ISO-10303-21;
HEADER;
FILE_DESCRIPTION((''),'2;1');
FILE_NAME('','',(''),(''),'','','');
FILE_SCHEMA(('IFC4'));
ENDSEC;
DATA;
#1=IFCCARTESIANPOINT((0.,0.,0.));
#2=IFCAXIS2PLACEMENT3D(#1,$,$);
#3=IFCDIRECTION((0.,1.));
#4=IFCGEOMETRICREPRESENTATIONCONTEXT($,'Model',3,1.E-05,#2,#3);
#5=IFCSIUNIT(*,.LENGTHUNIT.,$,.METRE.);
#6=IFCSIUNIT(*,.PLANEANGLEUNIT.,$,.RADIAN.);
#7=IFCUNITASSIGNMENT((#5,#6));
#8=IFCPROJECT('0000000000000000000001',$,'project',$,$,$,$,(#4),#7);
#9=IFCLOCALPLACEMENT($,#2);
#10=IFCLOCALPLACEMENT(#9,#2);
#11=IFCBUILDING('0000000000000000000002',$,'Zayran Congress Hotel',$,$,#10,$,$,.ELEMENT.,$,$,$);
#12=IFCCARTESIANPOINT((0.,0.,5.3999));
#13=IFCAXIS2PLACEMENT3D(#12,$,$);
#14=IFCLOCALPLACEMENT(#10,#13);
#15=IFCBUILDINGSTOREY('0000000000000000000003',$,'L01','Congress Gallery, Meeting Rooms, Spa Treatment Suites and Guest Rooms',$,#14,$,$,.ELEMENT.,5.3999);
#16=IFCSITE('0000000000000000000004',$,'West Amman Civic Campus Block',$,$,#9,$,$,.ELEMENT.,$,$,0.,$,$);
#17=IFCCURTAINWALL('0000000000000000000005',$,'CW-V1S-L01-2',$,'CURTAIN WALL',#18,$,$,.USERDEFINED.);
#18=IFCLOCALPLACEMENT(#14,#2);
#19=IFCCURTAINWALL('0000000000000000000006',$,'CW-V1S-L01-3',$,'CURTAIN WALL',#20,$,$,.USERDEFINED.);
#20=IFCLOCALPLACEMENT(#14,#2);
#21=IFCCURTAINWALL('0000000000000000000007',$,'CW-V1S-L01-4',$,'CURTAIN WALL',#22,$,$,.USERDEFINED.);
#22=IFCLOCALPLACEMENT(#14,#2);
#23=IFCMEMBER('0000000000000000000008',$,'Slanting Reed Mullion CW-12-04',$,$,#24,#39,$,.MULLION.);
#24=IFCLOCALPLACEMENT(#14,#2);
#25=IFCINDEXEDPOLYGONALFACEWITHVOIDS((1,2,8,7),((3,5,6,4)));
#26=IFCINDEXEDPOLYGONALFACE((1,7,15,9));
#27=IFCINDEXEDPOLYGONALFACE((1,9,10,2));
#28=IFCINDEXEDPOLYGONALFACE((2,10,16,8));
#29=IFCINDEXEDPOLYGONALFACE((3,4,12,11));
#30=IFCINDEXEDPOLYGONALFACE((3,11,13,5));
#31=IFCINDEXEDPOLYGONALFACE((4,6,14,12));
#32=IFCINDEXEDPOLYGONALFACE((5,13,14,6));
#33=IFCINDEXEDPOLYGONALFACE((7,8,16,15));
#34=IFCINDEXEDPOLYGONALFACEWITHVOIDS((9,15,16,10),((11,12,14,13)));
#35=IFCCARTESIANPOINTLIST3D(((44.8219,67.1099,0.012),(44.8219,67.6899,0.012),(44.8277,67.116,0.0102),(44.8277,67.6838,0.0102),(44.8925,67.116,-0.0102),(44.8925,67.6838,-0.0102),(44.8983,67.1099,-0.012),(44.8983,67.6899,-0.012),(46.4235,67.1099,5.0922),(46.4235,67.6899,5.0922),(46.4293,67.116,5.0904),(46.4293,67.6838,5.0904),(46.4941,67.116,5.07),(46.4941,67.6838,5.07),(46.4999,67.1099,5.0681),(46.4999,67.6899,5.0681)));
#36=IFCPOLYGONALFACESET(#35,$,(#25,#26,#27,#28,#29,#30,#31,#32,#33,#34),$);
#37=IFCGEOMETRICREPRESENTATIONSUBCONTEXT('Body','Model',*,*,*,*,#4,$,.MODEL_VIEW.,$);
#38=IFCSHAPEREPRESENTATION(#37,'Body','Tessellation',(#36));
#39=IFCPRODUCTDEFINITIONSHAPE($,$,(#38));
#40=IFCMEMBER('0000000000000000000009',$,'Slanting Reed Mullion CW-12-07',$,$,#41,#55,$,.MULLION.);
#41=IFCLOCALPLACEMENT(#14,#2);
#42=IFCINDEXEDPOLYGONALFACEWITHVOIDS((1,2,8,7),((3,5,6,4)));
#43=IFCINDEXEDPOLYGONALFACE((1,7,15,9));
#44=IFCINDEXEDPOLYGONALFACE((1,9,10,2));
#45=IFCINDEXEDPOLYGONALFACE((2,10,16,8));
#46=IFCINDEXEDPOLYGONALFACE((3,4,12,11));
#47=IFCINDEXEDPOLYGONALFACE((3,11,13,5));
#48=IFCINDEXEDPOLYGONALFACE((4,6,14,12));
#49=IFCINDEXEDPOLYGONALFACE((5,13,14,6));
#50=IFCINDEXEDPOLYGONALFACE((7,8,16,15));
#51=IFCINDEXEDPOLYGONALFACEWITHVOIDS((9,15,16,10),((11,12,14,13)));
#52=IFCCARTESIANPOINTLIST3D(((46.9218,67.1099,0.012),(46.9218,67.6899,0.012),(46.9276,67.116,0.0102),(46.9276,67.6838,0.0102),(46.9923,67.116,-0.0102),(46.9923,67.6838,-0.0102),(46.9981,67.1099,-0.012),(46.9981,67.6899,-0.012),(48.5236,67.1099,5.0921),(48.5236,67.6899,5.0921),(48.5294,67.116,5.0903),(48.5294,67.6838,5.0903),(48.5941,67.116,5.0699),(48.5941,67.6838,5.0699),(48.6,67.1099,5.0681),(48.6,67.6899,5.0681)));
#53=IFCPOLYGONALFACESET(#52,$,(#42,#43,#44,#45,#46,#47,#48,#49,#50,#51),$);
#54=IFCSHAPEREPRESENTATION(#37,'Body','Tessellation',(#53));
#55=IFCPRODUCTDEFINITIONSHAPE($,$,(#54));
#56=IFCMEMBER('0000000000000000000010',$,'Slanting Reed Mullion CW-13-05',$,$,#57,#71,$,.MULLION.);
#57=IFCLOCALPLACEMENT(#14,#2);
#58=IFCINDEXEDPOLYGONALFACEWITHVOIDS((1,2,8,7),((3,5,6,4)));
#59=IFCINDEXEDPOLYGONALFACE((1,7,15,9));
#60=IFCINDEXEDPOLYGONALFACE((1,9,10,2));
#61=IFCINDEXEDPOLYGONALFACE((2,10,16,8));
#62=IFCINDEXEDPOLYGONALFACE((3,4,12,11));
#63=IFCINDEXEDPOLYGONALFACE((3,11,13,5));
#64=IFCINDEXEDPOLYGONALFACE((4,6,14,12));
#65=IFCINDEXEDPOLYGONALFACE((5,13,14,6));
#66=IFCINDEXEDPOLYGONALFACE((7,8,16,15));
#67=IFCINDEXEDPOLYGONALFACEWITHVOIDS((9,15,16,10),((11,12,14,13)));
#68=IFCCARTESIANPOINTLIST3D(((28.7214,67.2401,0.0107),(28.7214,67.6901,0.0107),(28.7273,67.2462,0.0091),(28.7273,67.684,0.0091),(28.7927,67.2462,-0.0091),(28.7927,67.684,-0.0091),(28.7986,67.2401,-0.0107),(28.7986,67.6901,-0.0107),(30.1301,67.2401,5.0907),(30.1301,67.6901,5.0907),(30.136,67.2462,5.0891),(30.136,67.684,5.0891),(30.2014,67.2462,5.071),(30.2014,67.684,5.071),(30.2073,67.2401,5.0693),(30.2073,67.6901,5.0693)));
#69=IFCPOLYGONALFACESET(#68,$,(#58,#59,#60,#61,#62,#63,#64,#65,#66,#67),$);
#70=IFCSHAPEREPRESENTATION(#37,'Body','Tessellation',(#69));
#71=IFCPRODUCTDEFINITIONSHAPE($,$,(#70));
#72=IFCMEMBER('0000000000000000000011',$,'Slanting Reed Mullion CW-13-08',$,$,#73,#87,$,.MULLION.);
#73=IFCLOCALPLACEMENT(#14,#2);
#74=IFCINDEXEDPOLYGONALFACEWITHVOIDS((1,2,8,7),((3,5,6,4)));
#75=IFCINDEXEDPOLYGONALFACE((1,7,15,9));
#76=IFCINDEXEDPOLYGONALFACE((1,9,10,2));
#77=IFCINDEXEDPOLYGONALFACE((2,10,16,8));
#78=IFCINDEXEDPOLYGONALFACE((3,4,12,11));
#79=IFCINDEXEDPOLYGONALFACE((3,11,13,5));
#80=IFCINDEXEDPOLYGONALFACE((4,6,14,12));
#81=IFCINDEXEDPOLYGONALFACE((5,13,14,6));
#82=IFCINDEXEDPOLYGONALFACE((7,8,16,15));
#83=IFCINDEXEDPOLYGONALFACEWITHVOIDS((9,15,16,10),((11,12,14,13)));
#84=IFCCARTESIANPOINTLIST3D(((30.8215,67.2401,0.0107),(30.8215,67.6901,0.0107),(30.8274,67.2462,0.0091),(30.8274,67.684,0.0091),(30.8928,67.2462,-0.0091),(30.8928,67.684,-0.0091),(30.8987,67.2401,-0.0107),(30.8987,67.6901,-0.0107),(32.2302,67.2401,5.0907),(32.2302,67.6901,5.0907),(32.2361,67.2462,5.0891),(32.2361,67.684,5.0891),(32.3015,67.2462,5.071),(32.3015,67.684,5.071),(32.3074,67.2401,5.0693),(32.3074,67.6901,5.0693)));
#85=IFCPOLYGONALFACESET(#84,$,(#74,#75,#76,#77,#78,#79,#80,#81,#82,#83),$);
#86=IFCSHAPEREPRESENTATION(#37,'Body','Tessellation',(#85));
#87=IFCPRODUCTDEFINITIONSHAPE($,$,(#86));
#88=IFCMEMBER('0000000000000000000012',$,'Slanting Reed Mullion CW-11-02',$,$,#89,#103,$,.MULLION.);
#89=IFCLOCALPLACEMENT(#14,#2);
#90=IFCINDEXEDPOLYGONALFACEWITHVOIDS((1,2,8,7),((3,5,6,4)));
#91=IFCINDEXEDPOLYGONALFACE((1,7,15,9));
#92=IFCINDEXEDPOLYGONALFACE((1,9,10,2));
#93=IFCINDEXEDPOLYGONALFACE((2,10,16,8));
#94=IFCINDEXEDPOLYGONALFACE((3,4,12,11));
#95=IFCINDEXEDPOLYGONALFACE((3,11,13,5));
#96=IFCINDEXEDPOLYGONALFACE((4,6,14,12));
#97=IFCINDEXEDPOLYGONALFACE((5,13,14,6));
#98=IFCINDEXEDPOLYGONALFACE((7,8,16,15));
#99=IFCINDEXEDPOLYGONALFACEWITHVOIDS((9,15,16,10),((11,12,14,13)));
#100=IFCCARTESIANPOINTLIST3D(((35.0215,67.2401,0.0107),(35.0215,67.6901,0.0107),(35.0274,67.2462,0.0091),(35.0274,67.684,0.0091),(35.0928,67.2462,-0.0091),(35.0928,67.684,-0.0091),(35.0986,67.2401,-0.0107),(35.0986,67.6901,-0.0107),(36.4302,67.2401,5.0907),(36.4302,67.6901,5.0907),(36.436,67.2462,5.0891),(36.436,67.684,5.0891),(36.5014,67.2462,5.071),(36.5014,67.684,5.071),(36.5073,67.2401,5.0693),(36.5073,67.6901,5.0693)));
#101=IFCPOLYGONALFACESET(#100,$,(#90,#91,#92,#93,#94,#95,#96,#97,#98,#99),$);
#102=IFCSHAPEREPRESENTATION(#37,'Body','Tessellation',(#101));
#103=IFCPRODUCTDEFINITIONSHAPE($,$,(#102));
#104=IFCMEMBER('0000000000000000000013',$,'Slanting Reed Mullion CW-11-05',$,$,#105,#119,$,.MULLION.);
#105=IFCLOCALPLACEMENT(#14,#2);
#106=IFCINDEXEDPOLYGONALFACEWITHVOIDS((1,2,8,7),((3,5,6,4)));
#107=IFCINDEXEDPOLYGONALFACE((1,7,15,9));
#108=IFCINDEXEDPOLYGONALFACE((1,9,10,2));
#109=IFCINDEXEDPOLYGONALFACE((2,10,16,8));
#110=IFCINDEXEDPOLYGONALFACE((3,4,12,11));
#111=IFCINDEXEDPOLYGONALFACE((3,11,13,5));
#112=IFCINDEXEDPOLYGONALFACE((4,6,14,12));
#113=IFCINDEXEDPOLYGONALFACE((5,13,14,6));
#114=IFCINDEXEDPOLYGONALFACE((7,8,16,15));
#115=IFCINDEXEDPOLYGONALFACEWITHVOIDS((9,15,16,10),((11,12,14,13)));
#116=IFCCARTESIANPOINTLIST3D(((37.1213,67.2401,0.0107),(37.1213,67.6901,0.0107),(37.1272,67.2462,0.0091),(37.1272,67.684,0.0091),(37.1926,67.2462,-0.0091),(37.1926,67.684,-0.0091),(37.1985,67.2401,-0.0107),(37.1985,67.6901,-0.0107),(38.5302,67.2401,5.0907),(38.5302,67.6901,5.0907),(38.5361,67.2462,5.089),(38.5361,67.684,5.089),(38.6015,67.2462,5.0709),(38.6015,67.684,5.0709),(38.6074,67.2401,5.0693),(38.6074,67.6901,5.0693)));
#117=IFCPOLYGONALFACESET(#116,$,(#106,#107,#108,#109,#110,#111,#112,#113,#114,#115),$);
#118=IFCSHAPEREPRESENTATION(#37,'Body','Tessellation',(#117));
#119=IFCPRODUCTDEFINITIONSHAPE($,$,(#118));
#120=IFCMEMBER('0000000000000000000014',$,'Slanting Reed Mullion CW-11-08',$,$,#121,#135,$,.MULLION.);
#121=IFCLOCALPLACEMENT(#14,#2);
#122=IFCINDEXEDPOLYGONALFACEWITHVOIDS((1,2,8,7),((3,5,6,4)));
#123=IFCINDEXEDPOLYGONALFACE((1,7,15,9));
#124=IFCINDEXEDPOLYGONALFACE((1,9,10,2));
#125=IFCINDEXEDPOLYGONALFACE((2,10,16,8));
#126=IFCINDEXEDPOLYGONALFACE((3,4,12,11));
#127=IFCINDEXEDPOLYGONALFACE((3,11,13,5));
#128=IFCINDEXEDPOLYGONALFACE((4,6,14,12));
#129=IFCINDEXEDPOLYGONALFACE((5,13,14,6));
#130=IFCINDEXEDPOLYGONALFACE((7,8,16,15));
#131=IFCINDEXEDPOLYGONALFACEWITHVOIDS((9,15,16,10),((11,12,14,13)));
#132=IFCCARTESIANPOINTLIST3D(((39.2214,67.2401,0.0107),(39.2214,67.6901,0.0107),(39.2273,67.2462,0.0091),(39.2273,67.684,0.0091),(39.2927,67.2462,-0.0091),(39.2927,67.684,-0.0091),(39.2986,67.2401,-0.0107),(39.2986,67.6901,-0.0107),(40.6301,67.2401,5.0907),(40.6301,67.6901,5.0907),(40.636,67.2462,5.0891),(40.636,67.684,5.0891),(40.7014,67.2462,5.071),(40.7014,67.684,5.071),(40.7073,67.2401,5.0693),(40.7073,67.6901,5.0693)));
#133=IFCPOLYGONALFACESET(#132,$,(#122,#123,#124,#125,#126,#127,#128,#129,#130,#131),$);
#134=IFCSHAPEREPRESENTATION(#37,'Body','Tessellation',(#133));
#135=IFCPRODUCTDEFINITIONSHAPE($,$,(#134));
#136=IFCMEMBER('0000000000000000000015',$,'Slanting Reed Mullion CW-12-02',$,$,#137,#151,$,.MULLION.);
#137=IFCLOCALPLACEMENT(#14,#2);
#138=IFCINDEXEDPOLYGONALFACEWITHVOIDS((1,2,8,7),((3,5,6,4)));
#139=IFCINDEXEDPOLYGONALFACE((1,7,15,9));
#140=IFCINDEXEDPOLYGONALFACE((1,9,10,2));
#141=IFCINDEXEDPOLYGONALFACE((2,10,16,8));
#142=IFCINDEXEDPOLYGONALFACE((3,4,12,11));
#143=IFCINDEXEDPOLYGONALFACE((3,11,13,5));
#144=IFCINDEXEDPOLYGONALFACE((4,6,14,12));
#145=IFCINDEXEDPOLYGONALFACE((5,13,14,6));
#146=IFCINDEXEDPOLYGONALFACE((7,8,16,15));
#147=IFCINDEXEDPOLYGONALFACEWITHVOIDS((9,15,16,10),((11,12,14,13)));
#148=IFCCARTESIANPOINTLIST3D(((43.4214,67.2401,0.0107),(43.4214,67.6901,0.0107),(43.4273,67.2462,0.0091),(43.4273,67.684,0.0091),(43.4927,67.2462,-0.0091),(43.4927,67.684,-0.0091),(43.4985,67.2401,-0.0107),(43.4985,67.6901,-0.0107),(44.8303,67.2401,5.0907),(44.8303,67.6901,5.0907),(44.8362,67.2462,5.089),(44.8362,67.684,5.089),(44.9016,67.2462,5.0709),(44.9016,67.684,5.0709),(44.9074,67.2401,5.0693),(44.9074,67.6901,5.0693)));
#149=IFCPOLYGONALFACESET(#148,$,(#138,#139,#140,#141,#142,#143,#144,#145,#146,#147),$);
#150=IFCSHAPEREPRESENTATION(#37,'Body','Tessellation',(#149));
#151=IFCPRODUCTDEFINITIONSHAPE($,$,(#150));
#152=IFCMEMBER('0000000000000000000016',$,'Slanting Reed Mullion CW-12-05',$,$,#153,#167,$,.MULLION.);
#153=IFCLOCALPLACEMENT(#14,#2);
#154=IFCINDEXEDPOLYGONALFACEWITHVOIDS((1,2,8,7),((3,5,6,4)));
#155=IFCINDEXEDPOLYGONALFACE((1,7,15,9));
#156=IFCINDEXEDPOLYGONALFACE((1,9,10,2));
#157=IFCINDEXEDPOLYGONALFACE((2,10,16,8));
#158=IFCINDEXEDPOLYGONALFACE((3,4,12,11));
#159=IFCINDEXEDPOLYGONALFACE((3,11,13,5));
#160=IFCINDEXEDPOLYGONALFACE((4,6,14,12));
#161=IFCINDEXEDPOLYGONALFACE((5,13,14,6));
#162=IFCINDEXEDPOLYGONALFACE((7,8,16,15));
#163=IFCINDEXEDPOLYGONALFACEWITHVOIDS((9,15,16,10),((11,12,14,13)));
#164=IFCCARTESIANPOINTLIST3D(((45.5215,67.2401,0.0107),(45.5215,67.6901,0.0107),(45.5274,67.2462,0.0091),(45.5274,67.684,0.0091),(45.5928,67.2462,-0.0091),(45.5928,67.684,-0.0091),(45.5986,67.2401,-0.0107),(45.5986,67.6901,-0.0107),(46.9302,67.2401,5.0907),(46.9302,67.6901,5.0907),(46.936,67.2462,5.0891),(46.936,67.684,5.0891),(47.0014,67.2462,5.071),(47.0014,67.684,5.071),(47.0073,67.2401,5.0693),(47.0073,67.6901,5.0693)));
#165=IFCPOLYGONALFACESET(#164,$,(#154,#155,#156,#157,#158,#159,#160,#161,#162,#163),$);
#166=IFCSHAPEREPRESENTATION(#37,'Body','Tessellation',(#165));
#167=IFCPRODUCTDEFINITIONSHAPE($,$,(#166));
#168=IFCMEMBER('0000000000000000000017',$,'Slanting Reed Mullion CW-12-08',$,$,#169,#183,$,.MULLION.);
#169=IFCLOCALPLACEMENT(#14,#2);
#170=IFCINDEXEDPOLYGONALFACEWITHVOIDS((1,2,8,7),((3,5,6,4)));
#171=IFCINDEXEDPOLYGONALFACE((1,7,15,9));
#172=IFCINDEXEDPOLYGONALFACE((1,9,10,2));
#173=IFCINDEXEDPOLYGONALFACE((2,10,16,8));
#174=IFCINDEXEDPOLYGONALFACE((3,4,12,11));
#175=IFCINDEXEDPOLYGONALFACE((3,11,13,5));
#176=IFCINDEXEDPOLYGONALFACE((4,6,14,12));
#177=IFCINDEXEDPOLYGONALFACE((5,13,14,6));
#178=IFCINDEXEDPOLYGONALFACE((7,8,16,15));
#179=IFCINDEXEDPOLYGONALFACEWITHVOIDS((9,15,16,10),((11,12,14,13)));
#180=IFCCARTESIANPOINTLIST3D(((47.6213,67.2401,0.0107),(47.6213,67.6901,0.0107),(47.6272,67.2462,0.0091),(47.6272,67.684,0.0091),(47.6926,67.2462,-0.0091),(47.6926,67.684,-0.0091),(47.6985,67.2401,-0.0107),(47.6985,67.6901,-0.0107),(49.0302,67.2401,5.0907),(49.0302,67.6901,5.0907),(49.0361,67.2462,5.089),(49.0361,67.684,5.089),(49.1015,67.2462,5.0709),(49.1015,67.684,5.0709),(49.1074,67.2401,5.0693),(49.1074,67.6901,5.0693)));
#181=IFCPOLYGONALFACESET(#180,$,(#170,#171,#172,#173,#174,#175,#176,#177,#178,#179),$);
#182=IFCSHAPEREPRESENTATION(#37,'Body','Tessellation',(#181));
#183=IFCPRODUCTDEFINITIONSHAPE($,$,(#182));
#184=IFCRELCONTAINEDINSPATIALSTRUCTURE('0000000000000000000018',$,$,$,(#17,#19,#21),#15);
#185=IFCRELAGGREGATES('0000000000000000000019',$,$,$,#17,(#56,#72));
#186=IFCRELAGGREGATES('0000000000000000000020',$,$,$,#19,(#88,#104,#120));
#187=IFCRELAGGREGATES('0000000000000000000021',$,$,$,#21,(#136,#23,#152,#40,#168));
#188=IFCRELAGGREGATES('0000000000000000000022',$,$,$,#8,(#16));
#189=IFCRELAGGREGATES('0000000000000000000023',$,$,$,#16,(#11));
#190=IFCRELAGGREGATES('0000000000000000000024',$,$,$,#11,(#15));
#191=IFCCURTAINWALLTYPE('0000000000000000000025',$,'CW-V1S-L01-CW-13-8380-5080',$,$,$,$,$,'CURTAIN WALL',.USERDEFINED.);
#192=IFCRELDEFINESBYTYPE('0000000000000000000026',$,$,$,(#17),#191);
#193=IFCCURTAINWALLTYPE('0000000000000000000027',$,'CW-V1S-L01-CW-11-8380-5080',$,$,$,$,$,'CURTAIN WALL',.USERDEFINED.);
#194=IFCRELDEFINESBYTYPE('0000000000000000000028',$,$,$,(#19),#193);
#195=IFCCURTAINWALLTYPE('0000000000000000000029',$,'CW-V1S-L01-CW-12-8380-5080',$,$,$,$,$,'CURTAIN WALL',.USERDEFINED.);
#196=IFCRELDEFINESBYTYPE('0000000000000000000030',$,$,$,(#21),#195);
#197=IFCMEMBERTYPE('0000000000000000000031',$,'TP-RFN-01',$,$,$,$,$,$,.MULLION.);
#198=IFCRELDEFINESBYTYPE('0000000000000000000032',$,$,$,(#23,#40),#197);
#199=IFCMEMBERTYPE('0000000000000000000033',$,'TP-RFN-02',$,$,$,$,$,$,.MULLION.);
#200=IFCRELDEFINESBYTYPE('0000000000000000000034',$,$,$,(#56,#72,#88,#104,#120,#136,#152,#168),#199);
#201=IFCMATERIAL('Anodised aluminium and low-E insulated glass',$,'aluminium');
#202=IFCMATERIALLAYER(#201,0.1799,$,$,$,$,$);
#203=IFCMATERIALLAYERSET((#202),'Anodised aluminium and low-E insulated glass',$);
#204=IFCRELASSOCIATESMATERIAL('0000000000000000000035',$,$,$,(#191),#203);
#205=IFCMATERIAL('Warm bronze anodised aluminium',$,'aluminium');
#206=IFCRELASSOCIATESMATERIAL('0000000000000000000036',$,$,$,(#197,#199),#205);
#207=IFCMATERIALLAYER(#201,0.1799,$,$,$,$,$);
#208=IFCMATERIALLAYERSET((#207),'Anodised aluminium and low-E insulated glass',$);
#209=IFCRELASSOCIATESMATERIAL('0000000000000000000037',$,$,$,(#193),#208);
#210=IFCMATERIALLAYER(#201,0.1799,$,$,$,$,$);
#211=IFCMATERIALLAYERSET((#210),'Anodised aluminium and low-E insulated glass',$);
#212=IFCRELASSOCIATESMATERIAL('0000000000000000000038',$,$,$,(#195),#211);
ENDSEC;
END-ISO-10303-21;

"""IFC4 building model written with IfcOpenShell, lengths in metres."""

from ifc_helpers import new_model, si_unit, direction, frame, origin, origin_2d, place, context, subcontext, project, spatial, hollow_rectangle, extrude, material, layer, layer_set, material_profile, profile_set, type_object, element, aggregate, save


model = new_model("IFC4")

# Units and contexts
model_context = context("Model", 3, precision=1e-05, world=origin(), true_north=direction((0.0, 1.0)))
body_context = subcontext(model_context, "Body", "Model", "MODEL_VIEW")
ifc_project = project(units=[si_unit("LENGTHUNIT", "METRE"), si_unit("PLANEANGLEUNIT", "RADIAN")], contexts=[model_context])

# Site, building, storey
site_placement = place(None, origin())
site = spatial("IfcSite", under=ifc_project, at=site_placement, Name="West Amman Civic Campus Block", CompositionType="ELEMENT", RefElevation=0.0)
building_placement = place(site_placement, origin())
building = spatial("IfcBuilding", under=site, at=building_placement, Name="Zayran Congress Hotel", CompositionType="ELEMENT")
storey_placement = place(building_placement, frame((0.0, 0.0, 5.3999)))
storey = spatial("IfcBuildingStorey", under=building, at=storey_placement, Name="L01", Description="Congress Gallery, Meeting Rooms, Spa Treatment Suites and Guest Rooms", CompositionType="ELEMENT", Elevation=5.3999)

# Curtain walls, members
ifc_material_1 = material(Name="Anodised aluminium and low-E insulated glass", Category="aluminium")
ifc_layer_1 = layer(ifc_material_1, 0.1799)
ifc_layer_set_1 = layer_set([ifc_layer_1], Name="Anodised aluminium and low-E insulated glass")
curtain_wall_type_1 = type_object("IfcCurtainWallType", Name="CW-V1S-L01-CW-13-8380-5080", ElementType="CURTAIN WALL", PredefinedType="USERDEFINED", material=ifc_layer_set_1)
curtain_wall_1_placement = place(storey_placement, origin())
curtain_wall_1 = element("IfcCurtainWall", 1, at=curtain_wall_1_placement, inside=storey, type_object=curtain_wall_type_1, Name="CW-V1S-L01-2", ObjectType="CURTAIN WALL", PredefinedType="USERDEFINED")
ifc_material_2 = material(Name="Warm bronze anodised aluminium", Category="aluminium")
ifc_material_profile_1 = material_profile(ifc_material_2, hollow_rectangle(XDim=0.0801, YDim=0.5801, WallThickness=0.0061, at=origin_2d()), Name="RHS 580x80x6")
ifc_profile_set_1 = profile_set([ifc_material_profile_1], Name="Warm bronze anodised aluminium")
member_type_1 = type_object("IfcMemberType", Name="TP-RFN-01", PredefinedType="MULLION", material=ifc_profile_set_1)
ifc_layer_2 = layer(ifc_material_1, 0.1799)
ifc_layer_set_2 = layer_set([ifc_layer_2], Name="Anodised aluminium and low-E insulated glass")
curtain_wall_type_2 = type_object("IfcCurtainWallType", Name="CW-V1S-L01-CW-11-8380-5080", ElementType="CURTAIN WALL", PredefinedType="USERDEFINED", material=ifc_layer_set_2)
curtain_wall_2_placement = place(storey_placement, origin())
curtain_wall_2 = element("IfcCurtainWall", 2, at=curtain_wall_2_placement, inside=storey, type_object=curtain_wall_type_2, Name="CW-V1S-L01-3", ObjectType="CURTAIN WALL", PredefinedType="USERDEFINED")
ifc_layer_3 = layer(ifc_material_1, 0.1799)
ifc_layer_set_3 = layer_set([ifc_layer_3], Name="Anodised aluminium and low-E insulated glass")
curtain_wall_type_3 = type_object("IfcCurtainWallType", Name="CW-V1S-L01-CW-12-8380-5080", ElementType="CURTAIN WALL", PredefinedType="USERDEFINED", material=ifc_layer_set_3)
curtain_wall_3_placement = place(storey_placement, origin())
curtain_wall_3 = element("IfcCurtainWall", 3, at=curtain_wall_3_placement, inside=storey, type_object=curtain_wall_type_3, Name="CW-V1S-L01-4", ObjectType="CURTAIN WALL", PredefinedType="USERDEFINED")
member_1_placement = place(storey_placement, frame((44.8601, 67.3999, 0.0), z_axis=(0.300675, 0.0, 0.953727), x_axis=(-0.953727, 0.0, 0.300675)))
member_1 = element("IfcMember", 4, at=member_1_placement, type_object=member_type_1, Name="Slanting Reed Mullion CW-12-04", PredefinedType="MULLION", context=body_context, shape_type="SweptSolid", body=[
    extrude(hollow_rectangle(XDim=0.0801, YDim=0.5801, WallThickness=0.0061, at=origin_2d()), origin(), (0.0, 0.0, 1.0), 5.3267),
])
member_2_placement = place(storey_placement, frame((46.96, 67.3999, 0.0), z_axis=(0.300717, 0.0, 0.953713), x_axis=(-0.953713, 0.0, 0.300717)))
member_2 = element("IfcMember", 5, at=member_2_placement, type_object=member_type_1, Name="Slanting Reed Mullion CW-12-07", PredefinedType="MULLION", context=body_context, shape_type="SweptSolid", body=[
    extrude(hollow_rectangle(XDim=0.0801, YDim=0.5801, WallThickness=0.0061, at=origin_2d()), origin(), (0.0, 0.0, 1.0), 5.3267),
])

# Members
ifc_material_profile_2 = material_profile(ifc_material_2, hollow_rectangle(XDim=0.0801, YDim=0.45, WallThickness=0.0061, at=origin_2d()), Name="RHS 450x80x6")
ifc_profile_set_2 = profile_set([ifc_material_profile_2], Name="Warm bronze anodised aluminium")
member_type_2 = type_object("IfcMemberType", Name="TP-RFN-02", PredefinedType="MULLION", material=ifc_profile_set_2)
member_3_placement = place(storey_placement, frame((28.76, 67.4651, 0.0), z_axis=(0.267214, 0.0, 0.963637), x_axis=(-0.963637, 0.0, 0.267214)))
member_3 = element("IfcMember", 6, at=member_3_placement, type_object=member_type_2, Name="Slanting Reed Mullion CW-13-05", PredefinedType="MULLION", context=body_context, shape_type="SweptSolid", body=[
    extrude(hollow_rectangle(XDim=0.0801, YDim=0.45, WallThickness=0.0061, at=origin_2d()), origin(), (0.0, 0.0, 1.0), 5.2717),
])
member_4_placement = place(storey_placement, frame((30.8601, 67.4651, 0.0), z_axis=(0.267214, 0.0, 0.963637), x_axis=(-0.963637, 0.0, 0.267214)))
member_4 = element("IfcMember", 7, at=member_4_placement, type_object=member_type_2, Name="Slanting Reed Mullion CW-13-08", PredefinedType="MULLION", context=body_context, shape_type="SweptSolid", body=[
    extrude(hollow_rectangle(XDim=0.0801, YDim=0.45, WallThickness=0.0061, at=origin_2d()), origin(), (0.0, 0.0, 1.0), 5.2717),
])
member_5_placement = place(storey_placement, frame((35.0601, 67.4651, 0.0), z_axis=(0.267214, 0.0, 0.963637), x_axis=(-0.963637, 0.0, 0.267214)))
member_5 = element("IfcMember", 8, at=member_5_placement, type_object=member_type_2, Name="Slanting Reed Mullion CW-11-02", PredefinedType="MULLION", context=body_context, shape_type="SweptSolid", body=[
    extrude(hollow_rectangle(XDim=0.0801, YDim=0.45, WallThickness=0.0061, at=origin_2d()), origin(), (0.0, 0.0, 1.0), 5.2717),
])
member_6_placement = place(storey_placement, frame((37.1599, 67.4651, 0.0), z_axis=(0.267257, 0.0, 0.963625), x_axis=(-0.963625, 0.0, 0.267257)))
member_6 = element("IfcMember", 9, at=member_6_placement, type_object=member_type_2, Name="Slanting Reed Mullion CW-11-05", PredefinedType="MULLION", context=body_context, shape_type="SweptSolid", body=[
    extrude(hollow_rectangle(XDim=0.0801, YDim=0.45, WallThickness=0.0061, at=origin_2d()), origin(), (0.0, 0.0, 1.0), 5.2717),
])
member_7_placement = place(storey_placement, frame((39.26, 67.4651, 0.0), z_axis=(0.267214, 0.0, 0.963637), x_axis=(-0.963637, 0.0, 0.267214)))
member_7 = element("IfcMember", 10, at=member_7_placement, type_object=member_type_2, Name="Slanting Reed Mullion CW-11-08", PredefinedType="MULLION", context=body_context, shape_type="SweptSolid", body=[
    extrude(hollow_rectangle(XDim=0.0801, YDim=0.45, WallThickness=0.0061, at=origin_2d()), origin(), (0.0, 0.0, 1.0), 5.2717),
])
member_8_placement = place(storey_placement, frame((43.46, 67.4651, 0.0), z_axis=(0.267257, 0.0, 0.963625), x_axis=(-0.963625, 0.0, 0.267257)))
member_8 = element("IfcMember", 11, at=member_8_placement, type_object=member_type_2, Name="Slanting Reed Mullion CW-12-02", PredefinedType="MULLION", context=body_context, shape_type="SweptSolid", body=[
    extrude(hollow_rectangle(XDim=0.0801, YDim=0.45, WallThickness=0.0061, at=origin_2d()), origin(), (0.0, 0.0, 1.0), 5.2717),
])
member_9_placement = place(storey_placement, frame((45.5601, 67.4651, 0.0), z_axis=(0.267214, 0.0, 0.963637), x_axis=(-0.963637, 0.0, 0.267214)))
member_9 = element("IfcMember", 12, at=member_9_placement, type_object=member_type_2, Name="Slanting Reed Mullion CW-12-05", PredefinedType="MULLION", context=body_context, shape_type="SweptSolid", body=[
    extrude(hollow_rectangle(XDim=0.0801, YDim=0.45, WallThickness=0.0061, at=origin_2d()), origin(), (0.0, 0.0, 1.0), 5.2717),
])
member_10_placement = place(storey_placement, frame((47.6599, 67.4651, 0.0), z_axis=(0.267257, 0.0, 0.963625), x_axis=(-0.963625, 0.0, 0.267257)))
member_10 = element("IfcMember", 13, at=member_10_placement, type_object=member_type_2, Name="Slanting Reed Mullion CW-12-08", PredefinedType="MULLION", context=body_context, shape_type="SweptSolid", body=[
    extrude(hollow_rectangle(XDim=0.0801, YDim=0.45, WallThickness=0.0061, at=origin_2d()), origin(), (0.0, 0.0, 1.0), 5.2717),
])
aggregate(curtain_wall_1, [member_3, member_4])
aggregate(curtain_wall_2, [member_5, member_6, member_7])
aggregate(curtain_wall_3, [member_8, member_1, member_9, member_2, member_10])

save(model, "model.ifc")
